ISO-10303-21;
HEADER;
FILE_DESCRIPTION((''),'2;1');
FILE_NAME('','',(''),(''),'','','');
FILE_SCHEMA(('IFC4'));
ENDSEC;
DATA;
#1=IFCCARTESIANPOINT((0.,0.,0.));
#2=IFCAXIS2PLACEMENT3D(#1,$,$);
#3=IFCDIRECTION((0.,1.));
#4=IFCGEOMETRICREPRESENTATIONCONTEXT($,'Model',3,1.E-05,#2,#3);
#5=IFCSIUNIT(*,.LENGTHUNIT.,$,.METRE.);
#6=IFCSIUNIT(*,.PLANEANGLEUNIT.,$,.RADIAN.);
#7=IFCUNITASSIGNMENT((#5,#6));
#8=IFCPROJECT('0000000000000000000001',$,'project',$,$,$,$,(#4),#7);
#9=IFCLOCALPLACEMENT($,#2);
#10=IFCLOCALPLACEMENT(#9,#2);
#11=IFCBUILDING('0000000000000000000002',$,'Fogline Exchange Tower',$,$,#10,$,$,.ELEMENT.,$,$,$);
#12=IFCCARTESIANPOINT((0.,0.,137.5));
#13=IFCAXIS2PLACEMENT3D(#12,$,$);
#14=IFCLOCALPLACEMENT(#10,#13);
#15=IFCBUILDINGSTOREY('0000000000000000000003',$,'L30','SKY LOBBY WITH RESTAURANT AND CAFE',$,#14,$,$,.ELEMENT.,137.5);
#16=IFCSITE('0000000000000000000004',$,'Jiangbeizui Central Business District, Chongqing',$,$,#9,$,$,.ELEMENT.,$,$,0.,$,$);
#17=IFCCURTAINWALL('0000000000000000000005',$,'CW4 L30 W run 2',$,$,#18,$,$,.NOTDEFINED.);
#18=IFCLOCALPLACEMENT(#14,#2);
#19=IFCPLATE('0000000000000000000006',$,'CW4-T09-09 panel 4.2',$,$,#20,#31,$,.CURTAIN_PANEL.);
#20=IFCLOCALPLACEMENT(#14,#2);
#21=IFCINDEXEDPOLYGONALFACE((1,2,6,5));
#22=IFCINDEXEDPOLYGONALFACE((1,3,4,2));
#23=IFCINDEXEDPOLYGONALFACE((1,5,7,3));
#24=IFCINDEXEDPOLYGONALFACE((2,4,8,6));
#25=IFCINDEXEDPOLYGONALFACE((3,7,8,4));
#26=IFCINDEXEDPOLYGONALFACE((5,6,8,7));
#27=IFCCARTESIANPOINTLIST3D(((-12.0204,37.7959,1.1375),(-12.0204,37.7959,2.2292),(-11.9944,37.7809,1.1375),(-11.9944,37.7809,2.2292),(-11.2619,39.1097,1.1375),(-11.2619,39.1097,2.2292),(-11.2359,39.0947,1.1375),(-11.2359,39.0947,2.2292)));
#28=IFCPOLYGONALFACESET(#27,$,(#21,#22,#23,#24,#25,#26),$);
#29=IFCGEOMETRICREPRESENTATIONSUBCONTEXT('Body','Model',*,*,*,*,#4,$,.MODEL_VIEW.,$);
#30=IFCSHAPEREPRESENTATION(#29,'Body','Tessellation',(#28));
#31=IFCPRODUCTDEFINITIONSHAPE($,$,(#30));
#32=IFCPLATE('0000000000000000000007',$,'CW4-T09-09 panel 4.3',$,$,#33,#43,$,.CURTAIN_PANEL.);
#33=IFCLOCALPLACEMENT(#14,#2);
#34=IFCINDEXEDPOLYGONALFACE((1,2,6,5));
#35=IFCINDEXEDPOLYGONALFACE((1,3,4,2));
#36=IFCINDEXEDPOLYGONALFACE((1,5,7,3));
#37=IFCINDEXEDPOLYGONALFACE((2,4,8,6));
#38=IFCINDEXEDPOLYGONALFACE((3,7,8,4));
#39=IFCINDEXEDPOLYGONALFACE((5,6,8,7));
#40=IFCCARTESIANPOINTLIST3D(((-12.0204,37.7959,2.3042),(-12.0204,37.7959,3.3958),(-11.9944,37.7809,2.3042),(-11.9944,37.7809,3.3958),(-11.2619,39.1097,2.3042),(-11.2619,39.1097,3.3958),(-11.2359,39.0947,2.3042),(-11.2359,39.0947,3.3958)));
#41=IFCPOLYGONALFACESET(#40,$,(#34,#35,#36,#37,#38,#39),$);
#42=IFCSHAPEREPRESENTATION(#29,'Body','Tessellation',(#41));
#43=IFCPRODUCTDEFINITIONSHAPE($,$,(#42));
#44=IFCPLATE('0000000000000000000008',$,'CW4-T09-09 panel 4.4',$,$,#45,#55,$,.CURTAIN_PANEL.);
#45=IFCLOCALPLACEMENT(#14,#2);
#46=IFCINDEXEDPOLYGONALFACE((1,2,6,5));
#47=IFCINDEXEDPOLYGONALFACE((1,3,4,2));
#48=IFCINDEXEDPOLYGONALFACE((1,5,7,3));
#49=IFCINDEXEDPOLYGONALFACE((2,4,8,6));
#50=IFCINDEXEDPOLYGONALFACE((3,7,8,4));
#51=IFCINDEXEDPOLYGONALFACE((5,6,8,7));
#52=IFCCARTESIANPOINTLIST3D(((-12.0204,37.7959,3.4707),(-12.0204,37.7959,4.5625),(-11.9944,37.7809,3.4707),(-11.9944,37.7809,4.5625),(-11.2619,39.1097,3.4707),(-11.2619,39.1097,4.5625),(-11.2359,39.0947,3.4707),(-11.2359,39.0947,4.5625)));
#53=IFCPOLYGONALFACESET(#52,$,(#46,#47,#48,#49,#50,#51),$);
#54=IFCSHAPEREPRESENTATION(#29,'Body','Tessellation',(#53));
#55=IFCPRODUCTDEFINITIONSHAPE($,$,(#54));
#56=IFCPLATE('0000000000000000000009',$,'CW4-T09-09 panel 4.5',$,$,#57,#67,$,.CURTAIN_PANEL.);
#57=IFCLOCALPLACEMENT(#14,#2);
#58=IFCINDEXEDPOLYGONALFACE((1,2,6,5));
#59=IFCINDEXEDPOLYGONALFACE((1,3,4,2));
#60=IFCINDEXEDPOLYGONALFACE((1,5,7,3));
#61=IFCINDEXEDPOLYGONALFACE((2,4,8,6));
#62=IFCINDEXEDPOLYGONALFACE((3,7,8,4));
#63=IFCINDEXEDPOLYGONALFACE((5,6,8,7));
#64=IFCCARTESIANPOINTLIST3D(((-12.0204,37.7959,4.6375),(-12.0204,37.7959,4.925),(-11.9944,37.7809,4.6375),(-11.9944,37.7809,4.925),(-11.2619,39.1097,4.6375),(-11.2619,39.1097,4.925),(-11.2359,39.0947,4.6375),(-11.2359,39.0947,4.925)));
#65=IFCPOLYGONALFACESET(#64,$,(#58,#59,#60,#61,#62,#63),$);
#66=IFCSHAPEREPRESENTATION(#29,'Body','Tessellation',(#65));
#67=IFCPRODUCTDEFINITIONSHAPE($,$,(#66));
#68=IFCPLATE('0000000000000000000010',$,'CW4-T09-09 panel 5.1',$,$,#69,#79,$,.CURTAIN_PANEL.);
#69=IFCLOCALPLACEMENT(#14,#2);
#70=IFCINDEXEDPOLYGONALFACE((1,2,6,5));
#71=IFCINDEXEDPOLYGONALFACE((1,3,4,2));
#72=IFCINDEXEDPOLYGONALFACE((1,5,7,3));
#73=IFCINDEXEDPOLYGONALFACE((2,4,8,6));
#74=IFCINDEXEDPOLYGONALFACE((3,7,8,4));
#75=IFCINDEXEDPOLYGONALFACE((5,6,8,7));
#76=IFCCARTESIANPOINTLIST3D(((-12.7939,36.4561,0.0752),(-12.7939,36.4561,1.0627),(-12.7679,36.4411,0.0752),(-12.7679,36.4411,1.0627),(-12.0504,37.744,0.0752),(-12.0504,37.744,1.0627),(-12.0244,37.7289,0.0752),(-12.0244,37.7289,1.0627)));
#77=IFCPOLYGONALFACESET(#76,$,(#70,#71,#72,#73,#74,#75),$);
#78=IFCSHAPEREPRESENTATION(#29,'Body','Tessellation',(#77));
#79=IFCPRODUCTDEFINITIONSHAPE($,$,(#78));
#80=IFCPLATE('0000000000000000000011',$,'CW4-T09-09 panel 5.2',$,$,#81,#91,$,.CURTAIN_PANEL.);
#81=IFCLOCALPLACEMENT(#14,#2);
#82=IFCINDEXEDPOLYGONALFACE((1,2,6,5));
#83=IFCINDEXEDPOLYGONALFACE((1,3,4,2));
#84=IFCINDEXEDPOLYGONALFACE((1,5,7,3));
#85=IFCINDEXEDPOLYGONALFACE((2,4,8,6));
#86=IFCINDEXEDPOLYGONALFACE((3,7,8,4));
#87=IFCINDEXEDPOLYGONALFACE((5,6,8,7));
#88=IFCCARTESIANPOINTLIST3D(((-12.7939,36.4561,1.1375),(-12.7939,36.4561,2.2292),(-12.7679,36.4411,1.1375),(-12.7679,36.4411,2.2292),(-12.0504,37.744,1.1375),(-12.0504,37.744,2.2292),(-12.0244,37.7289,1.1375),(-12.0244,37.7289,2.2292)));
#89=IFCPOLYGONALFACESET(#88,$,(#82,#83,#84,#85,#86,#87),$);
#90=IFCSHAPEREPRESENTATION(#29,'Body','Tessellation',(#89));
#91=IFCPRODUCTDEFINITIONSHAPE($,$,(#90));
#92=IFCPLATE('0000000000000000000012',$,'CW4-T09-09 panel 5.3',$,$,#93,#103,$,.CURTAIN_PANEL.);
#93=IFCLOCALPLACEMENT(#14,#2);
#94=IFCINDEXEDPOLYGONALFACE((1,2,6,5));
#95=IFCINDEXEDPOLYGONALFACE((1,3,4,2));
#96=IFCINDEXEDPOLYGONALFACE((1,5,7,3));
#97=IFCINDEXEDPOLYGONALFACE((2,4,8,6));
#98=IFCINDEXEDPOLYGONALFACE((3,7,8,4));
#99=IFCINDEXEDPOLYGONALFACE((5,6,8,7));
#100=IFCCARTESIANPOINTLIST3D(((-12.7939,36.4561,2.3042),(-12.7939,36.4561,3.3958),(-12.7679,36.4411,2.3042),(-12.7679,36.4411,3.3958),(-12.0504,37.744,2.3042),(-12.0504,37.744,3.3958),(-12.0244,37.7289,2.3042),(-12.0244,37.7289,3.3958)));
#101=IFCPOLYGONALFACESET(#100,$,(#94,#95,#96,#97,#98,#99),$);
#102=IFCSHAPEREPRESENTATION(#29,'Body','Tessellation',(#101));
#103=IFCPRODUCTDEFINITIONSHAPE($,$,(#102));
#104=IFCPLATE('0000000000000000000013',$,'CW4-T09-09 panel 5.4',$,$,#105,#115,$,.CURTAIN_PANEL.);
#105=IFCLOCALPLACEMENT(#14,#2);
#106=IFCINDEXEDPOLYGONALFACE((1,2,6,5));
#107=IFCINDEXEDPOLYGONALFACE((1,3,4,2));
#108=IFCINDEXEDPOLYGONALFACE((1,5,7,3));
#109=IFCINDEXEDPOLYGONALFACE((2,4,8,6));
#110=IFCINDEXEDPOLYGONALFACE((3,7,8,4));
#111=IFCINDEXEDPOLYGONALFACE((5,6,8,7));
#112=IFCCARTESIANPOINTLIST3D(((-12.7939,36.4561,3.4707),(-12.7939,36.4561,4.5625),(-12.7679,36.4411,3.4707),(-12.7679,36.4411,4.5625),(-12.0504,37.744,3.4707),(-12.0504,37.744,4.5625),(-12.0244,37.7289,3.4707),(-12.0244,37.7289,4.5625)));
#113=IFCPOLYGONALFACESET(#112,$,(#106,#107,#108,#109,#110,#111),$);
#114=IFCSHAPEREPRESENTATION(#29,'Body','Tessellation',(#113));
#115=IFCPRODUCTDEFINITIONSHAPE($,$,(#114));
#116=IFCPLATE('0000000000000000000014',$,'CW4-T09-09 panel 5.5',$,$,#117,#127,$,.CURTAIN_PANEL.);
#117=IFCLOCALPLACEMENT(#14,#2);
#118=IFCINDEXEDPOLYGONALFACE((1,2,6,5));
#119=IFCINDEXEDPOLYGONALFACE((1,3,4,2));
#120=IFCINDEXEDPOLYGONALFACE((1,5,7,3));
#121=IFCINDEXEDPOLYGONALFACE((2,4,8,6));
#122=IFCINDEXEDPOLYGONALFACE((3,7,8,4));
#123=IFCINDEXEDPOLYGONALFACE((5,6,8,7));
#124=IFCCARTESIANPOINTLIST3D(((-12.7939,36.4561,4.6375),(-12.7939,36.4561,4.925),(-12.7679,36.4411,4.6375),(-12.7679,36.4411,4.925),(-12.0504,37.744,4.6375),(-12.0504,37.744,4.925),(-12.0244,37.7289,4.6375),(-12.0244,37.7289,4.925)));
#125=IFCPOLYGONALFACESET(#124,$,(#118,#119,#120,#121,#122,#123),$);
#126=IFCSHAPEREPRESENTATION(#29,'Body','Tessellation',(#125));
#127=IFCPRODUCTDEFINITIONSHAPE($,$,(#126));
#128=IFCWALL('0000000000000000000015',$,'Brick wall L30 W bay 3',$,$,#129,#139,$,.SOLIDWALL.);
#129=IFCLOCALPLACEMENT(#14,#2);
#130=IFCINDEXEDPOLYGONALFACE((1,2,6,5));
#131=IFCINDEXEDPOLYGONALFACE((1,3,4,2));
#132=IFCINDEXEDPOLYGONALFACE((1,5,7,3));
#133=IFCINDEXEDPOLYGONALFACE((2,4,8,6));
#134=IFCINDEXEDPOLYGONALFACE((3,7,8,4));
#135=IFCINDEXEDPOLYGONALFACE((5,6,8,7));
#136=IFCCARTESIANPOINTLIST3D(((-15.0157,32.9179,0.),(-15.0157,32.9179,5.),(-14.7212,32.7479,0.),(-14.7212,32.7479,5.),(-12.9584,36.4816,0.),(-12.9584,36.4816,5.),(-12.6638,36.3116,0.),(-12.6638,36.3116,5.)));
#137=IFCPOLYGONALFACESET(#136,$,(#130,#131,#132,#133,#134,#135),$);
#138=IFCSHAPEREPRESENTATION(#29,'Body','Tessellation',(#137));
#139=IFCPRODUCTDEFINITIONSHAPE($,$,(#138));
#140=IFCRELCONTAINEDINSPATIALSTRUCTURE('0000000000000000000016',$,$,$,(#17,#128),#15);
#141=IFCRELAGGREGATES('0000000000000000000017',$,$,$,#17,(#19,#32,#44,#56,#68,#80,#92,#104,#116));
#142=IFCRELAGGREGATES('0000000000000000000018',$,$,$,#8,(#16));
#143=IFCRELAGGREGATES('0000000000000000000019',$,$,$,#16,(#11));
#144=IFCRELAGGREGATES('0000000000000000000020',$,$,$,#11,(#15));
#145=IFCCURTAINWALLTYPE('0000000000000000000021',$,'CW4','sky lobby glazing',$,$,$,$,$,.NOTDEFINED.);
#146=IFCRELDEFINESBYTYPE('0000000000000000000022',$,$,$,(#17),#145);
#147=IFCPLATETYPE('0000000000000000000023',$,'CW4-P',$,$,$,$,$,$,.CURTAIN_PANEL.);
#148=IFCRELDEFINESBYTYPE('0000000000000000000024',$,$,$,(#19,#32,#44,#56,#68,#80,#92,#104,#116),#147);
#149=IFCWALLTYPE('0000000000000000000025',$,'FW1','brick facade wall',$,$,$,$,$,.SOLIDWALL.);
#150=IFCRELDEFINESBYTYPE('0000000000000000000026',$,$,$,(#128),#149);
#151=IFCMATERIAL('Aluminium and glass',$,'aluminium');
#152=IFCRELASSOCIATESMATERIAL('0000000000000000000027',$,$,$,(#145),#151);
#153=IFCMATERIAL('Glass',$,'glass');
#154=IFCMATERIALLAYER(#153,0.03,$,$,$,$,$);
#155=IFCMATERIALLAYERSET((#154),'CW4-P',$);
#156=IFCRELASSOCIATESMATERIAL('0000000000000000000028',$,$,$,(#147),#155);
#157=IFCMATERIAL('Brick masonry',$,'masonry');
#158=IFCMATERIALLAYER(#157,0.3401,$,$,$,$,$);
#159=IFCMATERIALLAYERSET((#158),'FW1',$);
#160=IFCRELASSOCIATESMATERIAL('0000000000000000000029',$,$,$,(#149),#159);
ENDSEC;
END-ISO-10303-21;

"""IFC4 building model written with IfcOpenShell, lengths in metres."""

from ifc_helpers import new_model, si_unit, direction, frame, frame_2d, origin, origin_2d, place, context, subcontext, project, spatial, rectangle, extrude, material, layer, layer_set, type_object, element, aggregate, save


model = new_model("IFC4")

# Units and contexts
model_context = context("Model", 3, precision=1e-05, world=origin(), true_north=direction((0.0, 1.0)))
body_context = subcontext(model_context, "Body", "Model", "MODEL_VIEW")
ifc_project = project(units=[si_unit("LENGTHUNIT", "METRE"), si_unit("PLANEANGLEUNIT", "RADIAN")], contexts=[model_context])

# Site, building, storey
site_placement = place(None, origin())
site = spatial("IfcSite", under=ifc_project, at=site_placement, Name="Jiangbeizui Central Business District, Chongqing", CompositionType="ELEMENT", RefElevation=0.0)
building_placement = place(site_placement, origin())
building = spatial("IfcBuilding", under=site, at=building_placement, Name="Fogline Exchange Tower", CompositionType="ELEMENT")
storey_placement = place(building_placement, frame((0.0, 0.0, 137.5)))
storey = spatial("IfcBuildingStorey", under=building, at=storey_placement, Name="L30", Description="SKY LOBBY WITH RESTAURANT AND CAFE", CompositionType="ELEMENT", Elevation=137.5)

# Curtain wall, plates
ifc_material_1 = material(Name="Aluminium and glass", Category="aluminium")
curtain_wall_type = type_object("IfcCurtainWallType", Name="CW4", Description="sky lobby glazing", PredefinedType="NOTDEFINED", material=ifc_material_1)
curtain_wall_placement = place(storey_placement, origin())
curtain_wall = element("IfcCurtainWall", 1, at=curtain_wall_placement, inside=storey, type_object=curtain_wall_type, Name="CW4 L30 W run 2", PredefinedType="NOTDEFINED")
ifc_material_2 = material(Name="Glass", Category="glass")
ifc_layer_1 = layer(ifc_material_2, 0.03)
ifc_layer_set_1 = layer_set([ifc_layer_1], Name="CW4-P")
plate_type = type_object("IfcPlateType", Name="CW4-P", PredefinedType="CURTAIN_PANEL", material=ifc_layer_set_1)
plate_1_placement = place(storey_placement, frame((-11.6282, 38.4453, 1.1375), z_axis=(0.0, 0.0, 1.0), x_axis=(-0.5, -0.866025, 0.0)))
plate_1 = element("IfcPlate", 2, at=plate_1_placement, type_object=plate_type, Name="CW4-T09-09 panel 4.2", PredefinedType="CURTAIN_PANEL", context=body_context, shape_type="SweptSolid", body=[
    extrude(rectangle(XDim=1.5171, YDim=0.03, at=origin_2d()), origin(), (0.0, 0.0, 1.0), 1.0918),
])
plate_2_placement = place(storey_placement, frame((-11.6282, 38.4453, 2.3042), z_axis=(0.0, 0.0, 1.0), x_axis=(-0.5, -0.866025, 0.0)))
plate_2 = element("IfcPlate", 3, at=plate_2_placement, type_object=plate_type, Name="CW4-T09-09 panel 4.3", PredefinedType="CURTAIN_PANEL", context=body_context, shape_type="SweptSolid", body=[
    extrude(rectangle(XDim=1.5171, YDim=0.03, at=origin_2d()), origin(), (0.0, 0.0, 1.0), 1.0916),
])
plate_3_placement = place(storey_placement, frame((-11.6282, 38.4453, 3.4707), z_axis=(0.0, 0.0, 1.0), x_axis=(-0.5, -0.866025, 0.0)))
plate_3 = element("IfcPlate", 4, at=plate_3_placement, type_object=plate_type, Name="CW4-T09-09 panel 4.4", PredefinedType="CURTAIN_PANEL", context=body_context, shape_type="SweptSolid", body=[
    extrude(rectangle(XDim=1.5171, YDim=0.03, at=origin_2d()), origin(), (0.0, 0.0, 1.0), 1.0918),
])
plate_4_placement = place(storey_placement, frame((-11.6282, 38.4453, 4.6375), z_axis=(0.0, 0.0, 1.0), x_axis=(-0.5, -0.866025, 0.0)))
plate_4 = element("IfcPlate", 5, at=plate_4_placement, type_object=plate_type, Name="CW4-T09-09 panel 4.5", PredefinedType="CURTAIN_PANEL", context=body_context, shape_type="SweptSolid", body=[
    extrude(rectangle(XDim=1.5171, YDim=0.03, at=origin_2d()), origin(), (0.0, 0.0, 1.0), 0.2876),
])
plate_5_placement = place(storey_placement, frame((-12.4092, 37.0925, 0.0752), z_axis=(0.0, 0.0, 1.0), x_axis=(-0.5, -0.866025, 0.0)))
plate_5 = element("IfcPlate", 6, at=plate_5_placement, type_object=plate_type, Name="CW4-T09-09 panel 5.1", PredefinedType="CURTAIN_PANEL", context=body_context, shape_type="SweptSolid", body=[
    extrude(rectangle(XDim=1.4871, YDim=0.03, at=origin_2d()), origin(), (0.0, 0.0, 1.0), 0.9875),
])
plate_6_placement = place(storey_placement, frame((-12.4092, 37.0925, 1.1375), z_axis=(0.0, 0.0, 1.0), x_axis=(-0.5, -0.866025, 0.0)))
plate_6 = element("IfcPlate", 7, at=plate_6_placement, type_object=plate_type, Name="CW4-T09-09 panel 5.2", PredefinedType="CURTAIN_PANEL", context=body_context, shape_type="SweptSolid", body=[
    extrude(rectangle(XDim=1.4871, YDim=0.03, at=origin_2d()), origin(), (0.0, 0.0, 1.0), 1.0918),
])
plate_7_placement = place(storey_placement, frame((-12.4092, 37.0925, 2.3042), z_axis=(0.0, 0.0, 1.0), x_axis=(-0.5, -0.866025, 0.0)))
plate_7 = element("IfcPlate", 8, at=plate_7_placement, type_object=plate_type, Name="CW4-T09-09 panel 5.3", PredefinedType="CURTAIN_PANEL", context=body_context, shape_type="SweptSolid", body=[
    extrude(rectangle(XDim=1.4871, YDim=0.03, at=origin_2d()), origin(), (0.0, 0.0, 1.0), 1.0916),
])
plate_8_placement = place(storey_placement, frame((-12.4092, 37.0925, 3.4707), z_axis=(0.0, 0.0, 1.0), x_axis=(-0.5, -0.866025, 0.0)))
plate_8 = element("IfcPlate", 9, at=plate_8_placement, type_object=plate_type, Name="CW4-T09-09 panel 5.4", PredefinedType="CURTAIN_PANEL", context=body_context, shape_type="SweptSolid", body=[
    extrude(rectangle(XDim=1.4871, YDim=0.03, at=origin_2d()), origin(), (0.0, 0.0, 1.0), 1.0918),
])
plate_9_placement = place(storey_placement, frame((-12.4092, 37.0925, 4.6375), z_axis=(0.0, 0.0, 1.0), x_axis=(-0.5, -0.866025, 0.0)))
plate_9 = element("IfcPlate", 10, at=plate_9_placement, type_object=plate_type, Name="CW4-T09-09 panel 5.5", PredefinedType="CURTAIN_PANEL", context=body_context, shape_type="SweptSolid", body=[
    extrude(rectangle(XDim=1.4871, YDim=0.03, at=origin_2d()), origin(), (0.0, 0.0, 1.0), 0.2876),
])
aggregate(curtain_wall, [plate_1, plate_2, plate_3, plate_4, plate_5, plate_6, plate_7, plate_8, plate_9])

# Wall
ifc_material_3 = material(Name="Brick masonry", Category="masonry")
ifc_layer_2 = layer(ifc_material_3, 0.3401)
ifc_layer_set_2 = layer_set([ifc_layer_2], Name="FW1")
wall_type = type_object("IfcWallType", Name="FW1", Description="brick facade wall", PredefinedType="SOLIDWALL", material=ifc_layer_set_2)
wall_placement = place(storey_placement, frame((-12.811, 36.3967, 0.0), z_axis=(0.0, 0.0, 1.0), x_axis=(-0.499974, -0.86604, 0.0)))
element("IfcWall", 11, at=wall_placement, inside=storey, type_object=wall_type, Name="Brick wall L30 W bay 3", PredefinedType="SOLIDWALL", context=body_context, shape_type="SweptSolid", body=[
    extrude(rectangle(XDim=4.115, YDim=0.3401, at=frame_2d((2.0576, 0.0))), origin(), (0.0, 0.0, 1.0), 5.0),
])

save(model, "model.ifc")
